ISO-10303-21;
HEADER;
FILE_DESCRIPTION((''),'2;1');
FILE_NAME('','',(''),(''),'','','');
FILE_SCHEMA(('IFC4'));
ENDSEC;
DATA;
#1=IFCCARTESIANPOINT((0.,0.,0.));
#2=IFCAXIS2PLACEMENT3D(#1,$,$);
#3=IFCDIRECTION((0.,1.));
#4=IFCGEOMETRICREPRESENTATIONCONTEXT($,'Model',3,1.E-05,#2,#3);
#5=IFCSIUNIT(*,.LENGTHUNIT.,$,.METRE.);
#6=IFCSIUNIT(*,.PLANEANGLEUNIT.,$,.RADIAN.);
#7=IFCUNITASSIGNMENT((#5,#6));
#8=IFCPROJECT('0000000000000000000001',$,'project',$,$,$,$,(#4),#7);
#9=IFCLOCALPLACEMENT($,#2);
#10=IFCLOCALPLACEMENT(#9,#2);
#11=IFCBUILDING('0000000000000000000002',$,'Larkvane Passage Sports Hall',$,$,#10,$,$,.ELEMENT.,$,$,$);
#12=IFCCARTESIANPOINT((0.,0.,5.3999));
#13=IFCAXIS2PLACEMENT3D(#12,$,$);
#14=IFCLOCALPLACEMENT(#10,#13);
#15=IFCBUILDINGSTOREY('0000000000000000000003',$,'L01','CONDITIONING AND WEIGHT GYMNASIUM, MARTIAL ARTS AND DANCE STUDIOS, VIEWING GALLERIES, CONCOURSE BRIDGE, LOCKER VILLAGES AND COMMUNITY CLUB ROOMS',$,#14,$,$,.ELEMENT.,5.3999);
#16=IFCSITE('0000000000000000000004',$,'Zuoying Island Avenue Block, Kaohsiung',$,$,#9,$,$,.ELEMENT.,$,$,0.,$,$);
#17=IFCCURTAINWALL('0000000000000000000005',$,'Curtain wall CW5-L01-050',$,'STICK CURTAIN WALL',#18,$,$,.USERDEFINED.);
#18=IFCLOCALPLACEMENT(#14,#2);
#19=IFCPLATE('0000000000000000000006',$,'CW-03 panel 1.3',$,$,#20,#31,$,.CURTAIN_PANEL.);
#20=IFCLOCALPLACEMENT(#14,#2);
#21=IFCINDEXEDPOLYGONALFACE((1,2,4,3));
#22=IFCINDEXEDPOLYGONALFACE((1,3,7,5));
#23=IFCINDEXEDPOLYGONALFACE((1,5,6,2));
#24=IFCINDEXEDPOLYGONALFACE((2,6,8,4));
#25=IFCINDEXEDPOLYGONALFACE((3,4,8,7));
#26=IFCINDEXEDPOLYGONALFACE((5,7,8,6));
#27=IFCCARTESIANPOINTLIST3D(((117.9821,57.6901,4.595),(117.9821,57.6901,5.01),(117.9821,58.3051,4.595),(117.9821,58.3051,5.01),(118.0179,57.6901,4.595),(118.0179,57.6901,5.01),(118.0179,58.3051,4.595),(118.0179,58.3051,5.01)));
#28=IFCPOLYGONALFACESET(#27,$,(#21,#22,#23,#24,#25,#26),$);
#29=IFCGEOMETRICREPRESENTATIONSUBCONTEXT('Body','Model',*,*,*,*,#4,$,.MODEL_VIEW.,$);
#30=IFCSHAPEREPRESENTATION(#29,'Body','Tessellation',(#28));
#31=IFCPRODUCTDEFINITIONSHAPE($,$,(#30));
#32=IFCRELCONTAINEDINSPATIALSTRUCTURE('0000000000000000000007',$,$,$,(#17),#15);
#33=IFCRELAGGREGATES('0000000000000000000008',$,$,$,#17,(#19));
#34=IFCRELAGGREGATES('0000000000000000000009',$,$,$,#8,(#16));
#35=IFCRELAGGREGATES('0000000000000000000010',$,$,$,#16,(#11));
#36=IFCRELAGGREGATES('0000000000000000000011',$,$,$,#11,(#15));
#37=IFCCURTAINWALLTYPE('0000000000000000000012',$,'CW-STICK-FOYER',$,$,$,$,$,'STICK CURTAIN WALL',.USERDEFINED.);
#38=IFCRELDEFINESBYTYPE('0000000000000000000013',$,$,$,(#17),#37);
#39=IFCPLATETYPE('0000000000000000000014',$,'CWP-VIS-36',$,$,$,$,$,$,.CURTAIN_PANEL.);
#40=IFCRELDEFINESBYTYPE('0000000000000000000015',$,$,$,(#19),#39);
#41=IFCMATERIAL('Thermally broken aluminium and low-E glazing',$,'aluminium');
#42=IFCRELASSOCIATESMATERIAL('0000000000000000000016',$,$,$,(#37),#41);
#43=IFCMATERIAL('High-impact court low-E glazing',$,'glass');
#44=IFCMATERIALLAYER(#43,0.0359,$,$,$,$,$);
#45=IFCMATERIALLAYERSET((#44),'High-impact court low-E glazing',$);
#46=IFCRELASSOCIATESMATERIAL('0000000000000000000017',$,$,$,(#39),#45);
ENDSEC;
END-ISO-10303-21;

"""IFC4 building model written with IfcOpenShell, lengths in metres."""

from ifc_helpers import new_model, si_unit, direction, frame, origin, origin_2d, place, context, subcontext, project, spatial, rectangle, extrude, material, layer, layer_set, type_object, element, aggregate, save


model = new_model("IFC4")

# Units and contexts
model_context = context("Model", 3, precision=1e-05, world=origin(), true_north=direction((0.0, 1.0)))
body_context = subcontext(model_context, "Body", "Model", "MODEL_VIEW")
ifc_project = project(units=[si_unit("LENGTHUNIT", "METRE"), si_unit("PLANEANGLEUNIT", "RADIAN")], contexts=[model_context])

# Site, building, storey
site_placement = place(None, origin())
site = spatial("IfcSite", under=ifc_project, at=site_placement, Name="Zuoying Island Avenue Block, Kaohsiung", CompositionType="ELEMENT", RefElevation=0.0)
building_placement = place(site_placement, origin())
building = spatial("IfcBuilding", under=site, at=building_placement, Name="Larkvane Passage Sports Hall", CompositionType="ELEMENT")
storey_placement = place(building_placement, frame((0.0, 0.0, 5.3999)))
storey = spatial("IfcBuildingStorey", under=building, at=storey_placement, Name="L01", Description="CONDITIONING AND WEIGHT GYMNASIUM, MARTIAL ARTS AND DANCE STUDIOS, VIEWING GALLERIES, CONCOURSE BRIDGE, LOCKER VILLAGES AND COMMUNITY CLUB ROOMS", CompositionType="ELEMENT", Elevation=5.3999)

# Curtain wall
ifc_material_1 = material(Name="Thermally broken aluminium and low-E glazing", Category="aluminium")
curtain_wall_type_1 = type_object("IfcCurtainWallType", Name="CW-STICK-FOYER", ElementType="STICK CURTAIN WALL", PredefinedType="USERDEFINED", material=ifc_material_1)
curtain_wall_1_placement = place(storey_placement, origin())
curtain_wall_1 = element("IfcCurtainWall", 1, at=curtain_wall_1_placement, inside=storey, type_object=curtain_wall_type_1, Name="Curtain wall CW5-L01-050", ObjectType="STICK CURTAIN WALL", PredefinedType="USERDEFINED")

# Plate
ifc_material_2 = material(Name="High-impact court low-E glazing", Category="glass")
ifc_layer_1 = layer(ifc_material_2, 0.0359)
ifc_layer_set_1 = layer_set([ifc_layer_1], Name="High-impact court low-E glazing")
plate_type_1 = type_object("IfcPlateType", Name="CWP-VIS-36", PredefinedType="CURTAIN_PANEL", material=ifc_layer_set_1)
plate_1_placement = place(storey_placement, frame((118.0, 57.9976, 4.595), z_axis=(0.0, 0.0, 1.0), x_axis=(0.0, 1.0, 0.0)))
plate_1 = element("IfcPlate", 2, at=plate_1_placement, type_object=plate_type_1, Name="CW-03 panel 1.3", PredefinedType="CURTAIN_PANEL", context=body_context, shape_type="SweptSolid", body=[
    extrude(rectangle(XDim=0.615, YDim=0.0359, at=origin_2d()), origin(), (0.0, 0.0, 1.0), 0.415),
])
aggregate(curtain_wall_1, [plate_1])

save(model, "model.ifc")
